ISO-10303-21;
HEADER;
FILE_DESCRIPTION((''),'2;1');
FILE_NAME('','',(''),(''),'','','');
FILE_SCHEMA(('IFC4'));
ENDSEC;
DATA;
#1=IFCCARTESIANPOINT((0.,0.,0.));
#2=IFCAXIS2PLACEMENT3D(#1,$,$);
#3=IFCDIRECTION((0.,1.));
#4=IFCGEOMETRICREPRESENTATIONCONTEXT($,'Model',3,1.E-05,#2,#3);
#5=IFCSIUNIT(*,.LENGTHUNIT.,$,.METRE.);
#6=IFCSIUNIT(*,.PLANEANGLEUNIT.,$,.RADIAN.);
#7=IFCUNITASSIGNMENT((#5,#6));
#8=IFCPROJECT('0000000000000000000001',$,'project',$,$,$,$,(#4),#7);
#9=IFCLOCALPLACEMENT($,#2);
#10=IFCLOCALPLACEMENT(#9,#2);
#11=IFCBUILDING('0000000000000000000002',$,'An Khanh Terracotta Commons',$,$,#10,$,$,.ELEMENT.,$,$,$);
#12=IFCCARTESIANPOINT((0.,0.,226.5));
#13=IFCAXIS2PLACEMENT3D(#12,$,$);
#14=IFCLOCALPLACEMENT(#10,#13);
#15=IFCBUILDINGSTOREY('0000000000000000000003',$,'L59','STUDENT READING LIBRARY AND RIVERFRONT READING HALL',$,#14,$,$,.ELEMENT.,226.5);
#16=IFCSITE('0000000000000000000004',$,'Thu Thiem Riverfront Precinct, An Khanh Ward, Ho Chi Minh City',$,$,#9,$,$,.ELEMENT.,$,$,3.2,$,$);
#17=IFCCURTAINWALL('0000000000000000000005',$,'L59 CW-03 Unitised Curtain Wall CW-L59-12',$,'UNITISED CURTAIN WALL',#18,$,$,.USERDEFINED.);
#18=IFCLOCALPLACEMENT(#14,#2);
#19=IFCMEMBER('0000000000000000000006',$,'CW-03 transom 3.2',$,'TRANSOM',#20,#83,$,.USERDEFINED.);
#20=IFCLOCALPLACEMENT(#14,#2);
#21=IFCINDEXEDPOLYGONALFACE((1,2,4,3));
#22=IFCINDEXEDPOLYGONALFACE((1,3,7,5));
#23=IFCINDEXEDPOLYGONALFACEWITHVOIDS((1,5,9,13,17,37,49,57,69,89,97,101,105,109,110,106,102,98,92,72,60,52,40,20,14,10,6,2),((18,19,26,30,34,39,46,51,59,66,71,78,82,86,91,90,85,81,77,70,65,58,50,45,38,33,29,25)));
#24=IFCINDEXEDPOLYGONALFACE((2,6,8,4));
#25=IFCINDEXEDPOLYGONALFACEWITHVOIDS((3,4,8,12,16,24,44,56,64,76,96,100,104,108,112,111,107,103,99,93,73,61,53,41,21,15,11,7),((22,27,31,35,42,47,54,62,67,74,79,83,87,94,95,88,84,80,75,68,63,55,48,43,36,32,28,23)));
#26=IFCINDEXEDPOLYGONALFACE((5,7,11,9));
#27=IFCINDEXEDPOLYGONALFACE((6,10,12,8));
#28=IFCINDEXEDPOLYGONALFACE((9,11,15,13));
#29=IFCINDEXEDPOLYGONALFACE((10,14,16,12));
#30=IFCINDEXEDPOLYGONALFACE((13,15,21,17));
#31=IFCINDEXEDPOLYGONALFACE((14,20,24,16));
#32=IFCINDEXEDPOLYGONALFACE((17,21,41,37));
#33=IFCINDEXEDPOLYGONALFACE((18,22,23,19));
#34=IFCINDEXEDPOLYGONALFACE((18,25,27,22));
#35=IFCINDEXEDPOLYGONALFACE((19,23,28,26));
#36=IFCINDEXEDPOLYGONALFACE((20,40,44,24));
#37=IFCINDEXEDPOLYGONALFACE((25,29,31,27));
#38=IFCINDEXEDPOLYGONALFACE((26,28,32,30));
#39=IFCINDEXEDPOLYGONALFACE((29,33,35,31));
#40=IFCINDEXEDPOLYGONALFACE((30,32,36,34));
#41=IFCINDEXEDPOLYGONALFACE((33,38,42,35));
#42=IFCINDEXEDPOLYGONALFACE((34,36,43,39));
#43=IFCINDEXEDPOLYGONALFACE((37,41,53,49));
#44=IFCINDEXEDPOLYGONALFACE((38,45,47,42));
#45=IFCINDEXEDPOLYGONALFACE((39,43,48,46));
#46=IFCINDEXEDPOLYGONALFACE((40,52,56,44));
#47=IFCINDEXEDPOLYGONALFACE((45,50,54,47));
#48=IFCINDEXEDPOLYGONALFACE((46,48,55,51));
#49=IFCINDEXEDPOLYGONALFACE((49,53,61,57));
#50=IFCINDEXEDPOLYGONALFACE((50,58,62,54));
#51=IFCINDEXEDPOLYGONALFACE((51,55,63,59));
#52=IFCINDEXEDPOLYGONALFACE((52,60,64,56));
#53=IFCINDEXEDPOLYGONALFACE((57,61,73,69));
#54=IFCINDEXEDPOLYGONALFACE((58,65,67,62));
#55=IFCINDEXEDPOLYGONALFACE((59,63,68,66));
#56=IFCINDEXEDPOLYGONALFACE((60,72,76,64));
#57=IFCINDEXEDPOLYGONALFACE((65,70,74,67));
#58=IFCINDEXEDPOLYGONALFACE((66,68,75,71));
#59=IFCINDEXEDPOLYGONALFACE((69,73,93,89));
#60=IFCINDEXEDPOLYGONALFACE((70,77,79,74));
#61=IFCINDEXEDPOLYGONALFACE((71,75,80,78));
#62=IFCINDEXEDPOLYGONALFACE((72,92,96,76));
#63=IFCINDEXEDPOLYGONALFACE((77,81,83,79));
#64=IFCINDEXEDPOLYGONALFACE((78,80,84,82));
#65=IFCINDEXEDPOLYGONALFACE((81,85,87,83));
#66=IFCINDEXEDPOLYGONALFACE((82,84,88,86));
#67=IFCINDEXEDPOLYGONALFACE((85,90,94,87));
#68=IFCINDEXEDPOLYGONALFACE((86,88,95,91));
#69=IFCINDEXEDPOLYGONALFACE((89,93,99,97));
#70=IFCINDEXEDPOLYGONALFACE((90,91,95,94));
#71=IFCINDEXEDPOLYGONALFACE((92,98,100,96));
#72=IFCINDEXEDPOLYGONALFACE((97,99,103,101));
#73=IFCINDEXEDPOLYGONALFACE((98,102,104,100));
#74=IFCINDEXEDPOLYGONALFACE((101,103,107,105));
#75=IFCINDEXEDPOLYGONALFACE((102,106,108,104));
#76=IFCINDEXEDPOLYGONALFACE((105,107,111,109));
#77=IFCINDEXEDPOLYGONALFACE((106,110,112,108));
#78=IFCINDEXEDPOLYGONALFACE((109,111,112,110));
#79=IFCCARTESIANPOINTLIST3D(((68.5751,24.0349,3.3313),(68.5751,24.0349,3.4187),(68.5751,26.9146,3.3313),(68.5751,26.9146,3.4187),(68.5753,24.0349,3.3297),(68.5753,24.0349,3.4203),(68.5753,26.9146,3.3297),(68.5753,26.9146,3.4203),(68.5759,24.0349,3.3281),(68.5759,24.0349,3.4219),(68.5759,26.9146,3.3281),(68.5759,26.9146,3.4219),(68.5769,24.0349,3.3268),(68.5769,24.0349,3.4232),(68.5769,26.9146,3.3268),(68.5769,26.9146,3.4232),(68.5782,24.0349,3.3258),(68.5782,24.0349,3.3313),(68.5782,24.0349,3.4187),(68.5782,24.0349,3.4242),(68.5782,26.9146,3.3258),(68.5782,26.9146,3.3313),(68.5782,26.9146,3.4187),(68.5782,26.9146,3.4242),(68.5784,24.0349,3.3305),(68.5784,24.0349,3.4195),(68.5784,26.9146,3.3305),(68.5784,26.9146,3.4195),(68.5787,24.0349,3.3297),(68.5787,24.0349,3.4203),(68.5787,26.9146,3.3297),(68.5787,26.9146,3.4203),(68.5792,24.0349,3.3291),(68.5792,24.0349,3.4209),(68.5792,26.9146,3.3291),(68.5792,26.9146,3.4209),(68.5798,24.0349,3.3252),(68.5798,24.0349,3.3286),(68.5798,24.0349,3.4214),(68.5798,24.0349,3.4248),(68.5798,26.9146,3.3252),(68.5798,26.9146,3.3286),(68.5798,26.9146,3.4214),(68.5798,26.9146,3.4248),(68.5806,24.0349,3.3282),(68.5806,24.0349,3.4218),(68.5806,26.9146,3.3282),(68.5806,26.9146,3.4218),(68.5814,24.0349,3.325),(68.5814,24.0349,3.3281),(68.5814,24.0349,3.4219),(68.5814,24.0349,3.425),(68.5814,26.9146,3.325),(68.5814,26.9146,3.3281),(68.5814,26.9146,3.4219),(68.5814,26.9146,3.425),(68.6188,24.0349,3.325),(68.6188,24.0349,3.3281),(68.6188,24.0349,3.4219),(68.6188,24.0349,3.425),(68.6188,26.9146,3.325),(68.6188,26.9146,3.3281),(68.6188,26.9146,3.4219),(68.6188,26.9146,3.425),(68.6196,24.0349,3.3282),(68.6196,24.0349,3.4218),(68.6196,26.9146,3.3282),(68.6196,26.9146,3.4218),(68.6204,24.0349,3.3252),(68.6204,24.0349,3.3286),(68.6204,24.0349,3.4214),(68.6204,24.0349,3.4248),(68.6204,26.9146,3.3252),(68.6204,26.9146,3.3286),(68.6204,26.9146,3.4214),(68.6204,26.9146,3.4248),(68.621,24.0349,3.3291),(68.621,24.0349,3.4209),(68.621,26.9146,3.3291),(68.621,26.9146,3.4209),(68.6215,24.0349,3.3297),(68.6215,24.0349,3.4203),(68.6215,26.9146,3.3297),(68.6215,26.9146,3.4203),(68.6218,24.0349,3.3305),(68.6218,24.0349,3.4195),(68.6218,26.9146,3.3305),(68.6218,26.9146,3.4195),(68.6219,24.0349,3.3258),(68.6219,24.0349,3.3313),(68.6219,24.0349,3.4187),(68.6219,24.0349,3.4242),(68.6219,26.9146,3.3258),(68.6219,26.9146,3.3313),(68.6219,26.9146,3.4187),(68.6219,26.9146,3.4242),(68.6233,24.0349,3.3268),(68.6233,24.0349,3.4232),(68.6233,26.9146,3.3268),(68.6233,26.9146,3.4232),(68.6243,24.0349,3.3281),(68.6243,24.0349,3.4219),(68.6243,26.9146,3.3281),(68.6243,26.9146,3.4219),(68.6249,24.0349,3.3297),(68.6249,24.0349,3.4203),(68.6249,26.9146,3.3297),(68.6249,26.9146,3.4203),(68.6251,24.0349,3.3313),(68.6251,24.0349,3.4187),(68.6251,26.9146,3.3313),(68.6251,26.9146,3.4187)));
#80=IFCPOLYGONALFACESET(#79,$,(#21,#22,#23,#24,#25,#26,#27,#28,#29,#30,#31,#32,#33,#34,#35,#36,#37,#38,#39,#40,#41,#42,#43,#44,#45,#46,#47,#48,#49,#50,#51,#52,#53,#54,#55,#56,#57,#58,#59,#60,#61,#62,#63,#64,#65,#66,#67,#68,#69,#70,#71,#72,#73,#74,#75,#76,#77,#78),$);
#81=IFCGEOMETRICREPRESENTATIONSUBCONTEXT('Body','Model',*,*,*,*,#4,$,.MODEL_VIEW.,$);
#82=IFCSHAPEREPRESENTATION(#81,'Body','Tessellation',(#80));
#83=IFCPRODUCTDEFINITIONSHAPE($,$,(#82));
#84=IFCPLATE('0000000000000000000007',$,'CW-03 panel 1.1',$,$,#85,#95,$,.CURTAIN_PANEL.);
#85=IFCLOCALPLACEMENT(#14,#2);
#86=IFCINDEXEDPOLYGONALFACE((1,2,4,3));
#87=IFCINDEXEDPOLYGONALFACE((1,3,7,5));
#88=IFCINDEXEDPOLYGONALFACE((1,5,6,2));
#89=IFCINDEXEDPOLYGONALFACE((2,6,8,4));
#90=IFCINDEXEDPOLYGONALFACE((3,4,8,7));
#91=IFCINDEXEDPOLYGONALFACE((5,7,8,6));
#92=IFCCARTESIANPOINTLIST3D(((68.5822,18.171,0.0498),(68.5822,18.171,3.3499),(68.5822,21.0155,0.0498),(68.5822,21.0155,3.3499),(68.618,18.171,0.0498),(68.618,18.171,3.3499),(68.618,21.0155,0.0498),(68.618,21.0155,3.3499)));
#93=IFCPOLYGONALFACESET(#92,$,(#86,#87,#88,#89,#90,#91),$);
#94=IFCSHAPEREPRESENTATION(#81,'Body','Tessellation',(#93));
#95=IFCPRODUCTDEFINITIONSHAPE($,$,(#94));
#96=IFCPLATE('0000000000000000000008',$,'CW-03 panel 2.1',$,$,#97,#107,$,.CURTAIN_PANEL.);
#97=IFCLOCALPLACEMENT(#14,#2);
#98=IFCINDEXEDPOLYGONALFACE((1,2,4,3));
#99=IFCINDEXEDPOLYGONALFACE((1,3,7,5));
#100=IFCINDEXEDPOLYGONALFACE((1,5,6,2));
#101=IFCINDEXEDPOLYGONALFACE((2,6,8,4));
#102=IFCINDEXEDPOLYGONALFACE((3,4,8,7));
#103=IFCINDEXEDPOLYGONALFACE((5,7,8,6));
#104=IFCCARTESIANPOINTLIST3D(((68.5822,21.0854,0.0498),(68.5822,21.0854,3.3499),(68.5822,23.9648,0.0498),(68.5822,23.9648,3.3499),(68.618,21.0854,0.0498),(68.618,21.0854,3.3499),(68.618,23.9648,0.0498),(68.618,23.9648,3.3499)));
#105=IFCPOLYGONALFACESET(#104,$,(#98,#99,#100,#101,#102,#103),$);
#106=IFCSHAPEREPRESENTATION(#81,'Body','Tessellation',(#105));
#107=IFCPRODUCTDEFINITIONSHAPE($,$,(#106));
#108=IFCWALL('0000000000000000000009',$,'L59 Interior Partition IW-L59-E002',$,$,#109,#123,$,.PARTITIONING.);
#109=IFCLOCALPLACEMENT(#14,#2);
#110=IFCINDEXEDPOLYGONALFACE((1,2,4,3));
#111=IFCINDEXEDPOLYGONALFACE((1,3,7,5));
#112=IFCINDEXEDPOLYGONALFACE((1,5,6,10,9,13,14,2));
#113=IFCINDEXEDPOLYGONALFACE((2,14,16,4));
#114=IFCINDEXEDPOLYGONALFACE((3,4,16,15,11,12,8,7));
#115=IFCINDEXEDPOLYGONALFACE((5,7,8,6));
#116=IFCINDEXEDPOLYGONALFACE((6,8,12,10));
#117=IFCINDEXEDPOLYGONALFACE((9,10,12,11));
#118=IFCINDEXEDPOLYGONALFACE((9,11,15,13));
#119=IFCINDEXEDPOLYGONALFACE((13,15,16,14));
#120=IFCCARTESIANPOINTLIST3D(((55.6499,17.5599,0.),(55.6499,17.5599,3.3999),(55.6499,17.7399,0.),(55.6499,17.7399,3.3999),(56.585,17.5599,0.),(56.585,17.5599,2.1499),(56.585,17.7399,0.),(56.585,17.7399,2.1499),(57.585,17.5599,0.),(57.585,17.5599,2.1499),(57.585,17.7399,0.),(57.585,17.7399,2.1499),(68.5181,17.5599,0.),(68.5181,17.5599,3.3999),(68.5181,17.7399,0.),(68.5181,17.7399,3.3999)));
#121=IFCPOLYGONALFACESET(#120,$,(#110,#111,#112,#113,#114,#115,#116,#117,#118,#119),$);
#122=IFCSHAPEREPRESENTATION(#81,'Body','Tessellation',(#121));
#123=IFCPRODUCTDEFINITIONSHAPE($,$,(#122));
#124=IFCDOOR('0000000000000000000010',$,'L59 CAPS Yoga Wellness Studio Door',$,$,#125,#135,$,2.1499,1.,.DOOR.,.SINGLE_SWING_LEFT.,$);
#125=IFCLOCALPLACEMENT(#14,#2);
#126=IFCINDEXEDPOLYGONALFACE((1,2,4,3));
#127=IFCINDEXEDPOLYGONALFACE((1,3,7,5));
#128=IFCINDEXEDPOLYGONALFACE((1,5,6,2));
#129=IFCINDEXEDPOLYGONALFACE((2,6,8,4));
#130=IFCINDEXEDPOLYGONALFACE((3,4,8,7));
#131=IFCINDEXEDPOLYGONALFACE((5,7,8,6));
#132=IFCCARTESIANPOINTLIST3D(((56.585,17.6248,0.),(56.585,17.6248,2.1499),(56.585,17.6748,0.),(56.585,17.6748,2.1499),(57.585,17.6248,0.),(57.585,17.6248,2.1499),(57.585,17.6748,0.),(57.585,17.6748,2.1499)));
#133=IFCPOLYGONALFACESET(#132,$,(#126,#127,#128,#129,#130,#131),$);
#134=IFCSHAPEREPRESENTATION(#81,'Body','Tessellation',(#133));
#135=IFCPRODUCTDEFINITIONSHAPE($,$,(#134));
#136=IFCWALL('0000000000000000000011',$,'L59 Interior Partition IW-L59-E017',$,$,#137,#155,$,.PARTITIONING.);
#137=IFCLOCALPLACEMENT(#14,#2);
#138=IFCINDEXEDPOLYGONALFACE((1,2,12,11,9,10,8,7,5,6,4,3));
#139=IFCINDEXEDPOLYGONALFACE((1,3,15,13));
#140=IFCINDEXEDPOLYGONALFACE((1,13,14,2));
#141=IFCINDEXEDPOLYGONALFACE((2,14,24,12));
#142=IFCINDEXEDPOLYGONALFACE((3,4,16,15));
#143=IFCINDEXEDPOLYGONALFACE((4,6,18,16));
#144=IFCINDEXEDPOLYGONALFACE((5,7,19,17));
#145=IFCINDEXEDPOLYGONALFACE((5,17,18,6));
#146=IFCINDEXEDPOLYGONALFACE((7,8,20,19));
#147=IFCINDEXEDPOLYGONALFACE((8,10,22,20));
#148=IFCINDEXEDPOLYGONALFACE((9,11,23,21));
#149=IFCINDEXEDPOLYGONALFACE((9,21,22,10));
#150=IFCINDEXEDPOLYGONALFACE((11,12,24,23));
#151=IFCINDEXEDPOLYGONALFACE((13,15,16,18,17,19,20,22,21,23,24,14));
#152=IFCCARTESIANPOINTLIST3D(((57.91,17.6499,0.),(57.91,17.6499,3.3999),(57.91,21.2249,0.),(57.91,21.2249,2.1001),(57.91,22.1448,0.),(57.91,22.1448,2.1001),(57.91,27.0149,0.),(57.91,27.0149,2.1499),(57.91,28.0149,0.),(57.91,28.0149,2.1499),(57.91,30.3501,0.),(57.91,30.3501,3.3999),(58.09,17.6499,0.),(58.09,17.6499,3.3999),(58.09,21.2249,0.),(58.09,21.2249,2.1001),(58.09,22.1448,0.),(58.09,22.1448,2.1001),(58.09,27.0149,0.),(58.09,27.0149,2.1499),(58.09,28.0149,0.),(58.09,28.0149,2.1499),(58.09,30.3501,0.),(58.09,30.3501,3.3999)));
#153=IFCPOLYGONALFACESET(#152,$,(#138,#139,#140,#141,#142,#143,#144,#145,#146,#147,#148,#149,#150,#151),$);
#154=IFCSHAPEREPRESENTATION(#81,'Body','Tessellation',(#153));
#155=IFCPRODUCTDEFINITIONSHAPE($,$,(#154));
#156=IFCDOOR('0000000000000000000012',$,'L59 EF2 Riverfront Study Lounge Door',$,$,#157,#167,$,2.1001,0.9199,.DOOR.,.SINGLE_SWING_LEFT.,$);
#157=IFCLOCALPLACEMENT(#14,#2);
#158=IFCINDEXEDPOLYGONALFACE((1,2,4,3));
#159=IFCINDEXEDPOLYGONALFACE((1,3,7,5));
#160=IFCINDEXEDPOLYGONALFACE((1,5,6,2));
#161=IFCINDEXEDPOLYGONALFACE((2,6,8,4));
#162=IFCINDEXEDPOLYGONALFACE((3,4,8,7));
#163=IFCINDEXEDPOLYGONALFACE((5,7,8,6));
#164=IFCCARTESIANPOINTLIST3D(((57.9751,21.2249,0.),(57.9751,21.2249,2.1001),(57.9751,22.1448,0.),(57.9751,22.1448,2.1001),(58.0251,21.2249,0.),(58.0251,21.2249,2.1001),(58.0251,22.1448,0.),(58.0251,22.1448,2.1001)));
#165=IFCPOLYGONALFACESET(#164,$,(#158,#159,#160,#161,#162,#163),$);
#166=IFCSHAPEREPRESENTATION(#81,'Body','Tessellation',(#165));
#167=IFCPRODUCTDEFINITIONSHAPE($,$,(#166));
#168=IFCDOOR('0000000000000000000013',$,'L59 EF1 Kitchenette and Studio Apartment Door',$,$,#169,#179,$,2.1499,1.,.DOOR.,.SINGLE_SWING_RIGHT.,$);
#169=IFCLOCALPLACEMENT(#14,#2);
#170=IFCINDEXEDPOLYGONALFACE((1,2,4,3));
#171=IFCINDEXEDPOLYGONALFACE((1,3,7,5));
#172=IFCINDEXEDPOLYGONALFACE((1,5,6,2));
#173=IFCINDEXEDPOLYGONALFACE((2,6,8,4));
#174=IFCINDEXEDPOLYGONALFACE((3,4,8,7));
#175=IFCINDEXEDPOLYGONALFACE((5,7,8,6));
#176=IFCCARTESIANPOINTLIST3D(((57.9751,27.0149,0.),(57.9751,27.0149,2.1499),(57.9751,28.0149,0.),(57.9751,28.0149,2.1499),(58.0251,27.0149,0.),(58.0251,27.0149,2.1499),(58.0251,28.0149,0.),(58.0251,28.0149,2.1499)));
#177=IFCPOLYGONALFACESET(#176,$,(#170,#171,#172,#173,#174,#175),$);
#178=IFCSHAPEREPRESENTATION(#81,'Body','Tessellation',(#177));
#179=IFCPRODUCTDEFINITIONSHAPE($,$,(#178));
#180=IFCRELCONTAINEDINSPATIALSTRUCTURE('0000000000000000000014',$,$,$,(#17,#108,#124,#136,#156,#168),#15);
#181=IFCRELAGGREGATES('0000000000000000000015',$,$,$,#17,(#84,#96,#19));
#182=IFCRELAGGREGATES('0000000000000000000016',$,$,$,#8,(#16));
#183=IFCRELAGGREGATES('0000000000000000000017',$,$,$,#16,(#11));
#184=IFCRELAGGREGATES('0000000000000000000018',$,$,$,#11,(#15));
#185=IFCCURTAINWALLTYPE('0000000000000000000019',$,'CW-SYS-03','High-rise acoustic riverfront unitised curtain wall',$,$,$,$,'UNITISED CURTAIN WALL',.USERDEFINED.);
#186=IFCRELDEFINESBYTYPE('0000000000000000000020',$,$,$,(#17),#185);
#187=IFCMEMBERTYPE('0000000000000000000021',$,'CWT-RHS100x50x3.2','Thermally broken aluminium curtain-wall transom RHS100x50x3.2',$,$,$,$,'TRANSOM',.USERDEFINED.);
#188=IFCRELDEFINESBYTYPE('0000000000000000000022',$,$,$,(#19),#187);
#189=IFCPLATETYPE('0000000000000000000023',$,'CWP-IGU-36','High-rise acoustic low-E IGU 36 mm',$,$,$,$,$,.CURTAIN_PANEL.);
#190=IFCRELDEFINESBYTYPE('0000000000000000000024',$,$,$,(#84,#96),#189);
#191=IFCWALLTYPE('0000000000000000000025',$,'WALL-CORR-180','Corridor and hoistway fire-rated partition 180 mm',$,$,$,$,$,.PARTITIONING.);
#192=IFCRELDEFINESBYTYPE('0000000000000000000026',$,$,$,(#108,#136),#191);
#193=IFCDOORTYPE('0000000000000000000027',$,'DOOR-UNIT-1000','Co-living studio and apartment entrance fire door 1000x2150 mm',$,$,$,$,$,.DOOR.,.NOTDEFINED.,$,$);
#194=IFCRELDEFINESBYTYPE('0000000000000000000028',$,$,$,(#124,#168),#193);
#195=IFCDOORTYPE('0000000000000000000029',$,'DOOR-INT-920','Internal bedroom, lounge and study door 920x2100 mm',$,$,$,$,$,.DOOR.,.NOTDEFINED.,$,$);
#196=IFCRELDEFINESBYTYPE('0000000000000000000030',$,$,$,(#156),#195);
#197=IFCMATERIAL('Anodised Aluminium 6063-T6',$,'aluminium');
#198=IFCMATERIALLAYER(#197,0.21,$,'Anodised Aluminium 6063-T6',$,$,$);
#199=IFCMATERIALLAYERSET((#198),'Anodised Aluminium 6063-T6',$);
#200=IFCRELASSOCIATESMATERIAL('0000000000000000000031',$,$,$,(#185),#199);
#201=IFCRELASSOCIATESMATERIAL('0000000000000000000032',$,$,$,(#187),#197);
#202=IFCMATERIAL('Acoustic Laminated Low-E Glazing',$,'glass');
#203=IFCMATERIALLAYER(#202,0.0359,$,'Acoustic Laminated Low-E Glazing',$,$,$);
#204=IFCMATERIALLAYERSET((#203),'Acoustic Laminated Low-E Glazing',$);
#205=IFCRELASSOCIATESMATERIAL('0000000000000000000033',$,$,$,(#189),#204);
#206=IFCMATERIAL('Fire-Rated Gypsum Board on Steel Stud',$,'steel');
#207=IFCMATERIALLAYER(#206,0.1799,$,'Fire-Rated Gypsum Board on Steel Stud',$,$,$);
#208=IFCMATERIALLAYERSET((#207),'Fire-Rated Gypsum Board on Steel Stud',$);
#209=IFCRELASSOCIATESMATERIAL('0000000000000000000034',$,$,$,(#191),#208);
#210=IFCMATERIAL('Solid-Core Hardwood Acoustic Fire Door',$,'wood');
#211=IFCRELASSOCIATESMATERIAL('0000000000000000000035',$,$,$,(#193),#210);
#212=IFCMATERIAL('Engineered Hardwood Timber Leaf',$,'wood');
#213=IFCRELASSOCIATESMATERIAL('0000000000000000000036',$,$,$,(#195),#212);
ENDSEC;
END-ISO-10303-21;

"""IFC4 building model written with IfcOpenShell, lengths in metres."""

from ifc_helpers import new_model, si_unit, direction, frame, frame_2d, origin, origin_2d, place, context, subcontext, project, spatial, rectangle, hollow_rectangle, extrude, material, layer, layer_set, material_profile, profile_set, type_object, element, fill, aggregate, save


model = new_model("IFC4")

# Units and contexts
model_context = context("Model", 3, precision=1e-05, world=origin(), true_north=direction((0.0, 1.0)))
body_context = subcontext(model_context, "Body", "Model", "MODEL_VIEW")
ifc_project = project(units=[si_unit("LENGTHUNIT", "METRE"), si_unit("PLANEANGLEUNIT", "RADIAN")], contexts=[model_context])

# Site, building, storey
site_placement = place(None, origin())
site = spatial("IfcSite", under=ifc_project, at=site_placement, Name="Thu Thiem Riverfront Precinct, An Khanh Ward, Ho Chi Minh City", CompositionType="ELEMENT", RefElevation=3.2)
building_placement = place(site_placement, origin())
building = spatial("IfcBuilding", under=site, at=building_placement, Name="An Khanh Terracotta Commons", CompositionType="ELEMENT")
storey_placement = place(building_placement, frame((0.0, 0.0, 226.5)))
storey = spatial("IfcBuildingStorey", under=building, at=storey_placement, Name="L59", Description="STUDENT READING LIBRARY AND RIVERFRONT READING HALL", CompositionType="ELEMENT", Elevation=226.5)

# Curtain wall, member, plates
ifc_material_1 = material(Name="Anodised Aluminium 6063-T6", Category="aluminium")
ifc_layer_1 = layer(ifc_material_1, 0.21, Name="Anodised Aluminium 6063-T6")
ifc_layer_set_1 = layer_set([ifc_layer_1], Name="Anodised Aluminium 6063-T6")
curtain_wall_type = type_object("IfcCurtainWallType", Name="CW-SYS-03", Description="High-rise acoustic riverfront unitised curtain wall", ElementType="UNITISED CURTAIN WALL", PredefinedType="USERDEFINED", material=ifc_layer_set_1)
curtain_wall_placement = place(storey_placement, origin())
curtain_wall = element("IfcCurtainWall", 1, at=curtain_wall_placement, inside=storey, type_object=curtain_wall_type, Name="L59 CW-03 Unitised Curtain Wall CW-L59-12", ObjectType="UNITISED CURTAIN WALL", PredefinedType="USERDEFINED")
ifc_material_profile_1 = material_profile(ifc_material_1, hollow_rectangle(XDim=0.05, YDim=0.1001, WallThickness=0.0032, InnerFilletRadius=0.0032, OuterFilletRadius=0.0063, at=origin_2d()), Name="RHS100x50x3.2")
ifc_profile_set_1 = profile_set([ifc_material_profile_1], Name="Anodised Aluminium 6063-T6")
member_type_1 = type_object("IfcMemberType", Name="CWT-RHS100x50x3.2", Description="Thermally broken aluminium curtain-wall transom RHS100x50x3.2", ElementType="TRANSOM", PredefinedType="USERDEFINED", material=ifc_profile_set_1)
member_1_placement = place(storey_placement, frame((68.6001, 24.0349, 3.375), z_axis=(0.0, 1.0, 0.0), x_axis=(-1.0, 0.0, 0.0)))
member_1 = element("IfcMember", 2, at=member_1_placement, type_object=member_type_1, Name="CW-03 transom 3.2", ObjectType="TRANSOM", PredefinedType="USERDEFINED", context=body_context, shape_type="SweptSolid", body=[
    extrude(hollow_rectangle(XDim=0.05, YDim=0.1001, WallThickness=0.0032, InnerFilletRadius=0.0032, OuterFilletRadius=0.0063, at=origin_2d()), origin(), (0.0, 0.0, 1.0), 2.8796),
])
ifc_material_2 = material(Name="Acoustic Laminated Low-E Glazing", Category="glass")
ifc_layer_2 = layer(ifc_material_2, 0.0359, Name="Acoustic Laminated Low-E Glazing")
ifc_layer_set_2 = layer_set([ifc_layer_2], Name="Acoustic Laminated Low-E Glazing")
plate_type = type_object("IfcPlateType", Name="CWP-IGU-36", Description="High-rise acoustic low-E IGU 36 mm", PredefinedType="CURTAIN_PANEL", material=ifc_layer_set_2)
plate_1_placement = place(storey_placement, frame((68.6001, 19.5933, 0.0498), z_axis=(0.0, 0.0, 1.0), x_axis=(0.0, 1.0, 0.0)))
plate_1 = element("IfcPlate", 3, at=plate_1_placement, type_object=plate_type, Name="CW-03 panel 1.1", PredefinedType="CURTAIN_PANEL", context=body_context, shape_type="SweptSolid", body=[
    extrude(rectangle(XDim=2.8445, YDim=0.0359, at=origin_2d()), origin(), (0.0, 0.0, 1.0), 3.3),
])
plate_2_placement = place(storey_placement, frame((68.6001, 22.5251, 0.0498), z_axis=(0.0, 0.0, 1.0), x_axis=(0.0, 1.0, 0.0)))
plate_2 = element("IfcPlate", 4, at=plate_2_placement, type_object=plate_type, Name="CW-03 panel 2.1", PredefinedType="CURTAIN_PANEL", context=body_context, shape_type="SweptSolid", body=[
    extrude(rectangle(XDim=2.8794, YDim=0.0359, at=origin_2d()), origin(), (0.0, 0.0, 1.0), 3.3),
])
aggregate(curtain_wall, [plate_1, plate_2, member_1])

# Wall, opening, door
ifc_material_3 = material(Name="Fire-Rated Gypsum Board on Steel Stud", Category="steel")
ifc_layer_3 = layer(ifc_material_3, 0.1799, Name="Fire-Rated Gypsum Board on Steel Stud")
ifc_layer_set_3 = layer_set([ifc_layer_3], Name="Fire-Rated Gypsum Board on Steel Stud")
wall_type_1 = type_object("IfcWallType", Name="WALL-CORR-180", Description="Corridor and hoistway fire-rated partition 180 mm", PredefinedType="PARTITIONING", material=ifc_layer_set_3)
wall_1_placement = place(storey_placement, frame((55.6499, 17.6499, 0.0), z_axis=(0.0, 0.0, 1.0), x_axis=(1.0, 0.0, 0.0)))
wall_1 = element("IfcWall", 5, at=wall_1_placement, inside=storey, type_object=wall_type_1, Name="L59 Interior Partition IW-L59-E002", PredefinedType="PARTITIONING", context=body_context, shape_type="SweptSolid", body=[
    extrude(rectangle(XDim=12.8682, YDim=0.1799, at=frame_2d((6.4341, 0.0))), origin(), (0.0, 0.0, 1.0), 3.3999),
])
opening_1_placement = place(wall_1_placement, frame((0.9351, 0.0, 0.0)))
opening_1 = element("IfcOpeningElement", 6, at=opening_1_placement, cuts=wall_1, PredefinedType="OPENING", context=body_context, shape_type="SweptSolid", body=[
    extrude(rectangle(XDim=1.0, YDim=2.1499, at=frame_2d((0.5, 1.075))), frame((0.0, 0.0999, 0.0), z_axis=(0.0, -1.0, 0.0), x_axis=(1.0, 0.0, 0.0)), (0.0, 0.0, 1.0), 0.2),
])
ifc_material_4 = material(Name="Solid-Core Hardwood Acoustic Fire Door", Category="wood")
door_type_1 = type_object("IfcDoorType", Name="DOOR-UNIT-1000", Description="Co-living studio and apartment entrance fire door 1000x2150 mm", OperationType="NOTDEFINED", PredefinedType="DOOR", material=ifc_material_4)
door_1_placement = place(opening_1_placement, origin())
door_1 = element("IfcDoor", 7, at=door_1_placement, inside=storey, type_object=door_type_1, Name="L59 CAPS Yoga Wellness Studio Door", OperationType="SINGLE_SWING_LEFT", OverallHeight=2.1499, OverallWidth=1.0, PredefinedType="DOOR", context=body_context, shape_type="SweptSolid", body=[
    extrude(rectangle(XDim=1.0, YDim=2.1499, at=frame_2d((0.5, 1.075))), frame((0.0, 0.0249, 0.0), z_axis=(0.0, -1.0, 0.0), x_axis=(1.0, 0.0, 0.0)), (0.0, 0.0, 1.0), 0.05),
])
fill(opening_1, door_1)

# Wall, openings, doors
wall_2_placement = place(storey_placement, frame((58.0, 17.6499, 0.0), z_axis=(0.0, 0.0, 1.0), x_axis=(0.0, 1.0, 0.0)))
wall_2 = element("IfcWall", 8, at=wall_2_placement, inside=storey, type_object=wall_type_1, Name="L59 Interior Partition IW-L59-E017", PredefinedType="PARTITIONING", context=body_context, shape_type="SweptSolid", body=[
    extrude(rectangle(XDim=12.7002, YDim=0.1799, at=frame_2d((6.3501, 0.0))), origin(), (0.0, 0.0, 1.0), 3.3999),
])
opening_2_placement = place(wall_2_placement, frame((9.365, 0.0, 0.0)))
opening_2 = element("IfcOpeningElement", 9, at=opening_2_placement, cuts=wall_2, PredefinedType="OPENING", context=body_context, shape_type="SweptSolid", body=[
    extrude(rectangle(XDim=1.0, YDim=2.1499, at=frame_2d((0.5, 1.075))), frame((0.0, 0.0999, 0.0), z_axis=(0.0, -1.0, 0.0), x_axis=(1.0, 0.0, 0.0)), (0.0, 0.0, 1.0), 0.2),
])
opening_3_placement = place(wall_2_placement, frame((3.575, 0.0, 0.0)))
opening_3 = element("IfcOpeningElement", 10, at=opening_3_placement, cuts=wall_2, PredefinedType="OPENING", context=body_context, shape_type="SweptSolid", body=[
    extrude(rectangle(XDim=0.9199, YDim=2.1001, at=frame_2d((0.46, 1.05))), frame((0.0, 0.0999, 0.0), z_axis=(0.0, -1.0, 0.0), x_axis=(1.0, 0.0, 0.0)), (0.0, 0.0, 1.0), 0.2),
])
ifc_material_5 = material(Name="Engineered Hardwood Timber Leaf", Category="wood")
door_type_2 = type_object("IfcDoorType", Name="DOOR-INT-920", Description="Internal bedroom, lounge and study door 920x2100 mm", OperationType="NOTDEFINED", PredefinedType="DOOR", material=ifc_material_5)
door_2_placement = place(opening_3_placement, origin())
door_2 = element("IfcDoor", 11, at=door_2_placement, inside=storey, type_object=door_type_2, Name="L59 EF2 Riverfront Study Lounge Door", OperationType="SINGLE_SWING_LEFT", OverallHeight=2.1001, OverallWidth=0.9199, PredefinedType="DOOR", context=body_context, shape_type="SweptSolid", body=[
    extrude(rectangle(XDim=0.9199, YDim=2.1001, at=frame_2d((0.46, 1.05))), frame((0.0, 0.0249, 0.0), z_axis=(0.0, -1.0, 0.0), x_axis=(1.0, 0.0, 0.0)), (0.0, 0.0, 1.0), 0.05),
])
fill(opening_3, door_2)
door_3_placement = place(opening_2_placement, origin())
door_3 = element("IfcDoor", 12, at=door_3_placement, inside=storey, type_object=door_type_1, Name="L59 EF1 Kitchenette and Studio Apartment Door", OperationType="SINGLE_SWING_RIGHT", OverallHeight=2.1499, OverallWidth=1.0, PredefinedType="DOOR", context=body_context, shape_type="SweptSolid", body=[
    extrude(rectangle(XDim=1.0, YDim=2.1499, at=frame_2d((0.5, 1.075))), frame((0.0, 0.0249, 0.0), z_axis=(0.0, -1.0, 0.0), x_axis=(1.0, 0.0, 0.0)), (0.0, 0.0, 1.0), 0.05),
])
fill(opening_2, door_3)

save(model, "model.ifc")
